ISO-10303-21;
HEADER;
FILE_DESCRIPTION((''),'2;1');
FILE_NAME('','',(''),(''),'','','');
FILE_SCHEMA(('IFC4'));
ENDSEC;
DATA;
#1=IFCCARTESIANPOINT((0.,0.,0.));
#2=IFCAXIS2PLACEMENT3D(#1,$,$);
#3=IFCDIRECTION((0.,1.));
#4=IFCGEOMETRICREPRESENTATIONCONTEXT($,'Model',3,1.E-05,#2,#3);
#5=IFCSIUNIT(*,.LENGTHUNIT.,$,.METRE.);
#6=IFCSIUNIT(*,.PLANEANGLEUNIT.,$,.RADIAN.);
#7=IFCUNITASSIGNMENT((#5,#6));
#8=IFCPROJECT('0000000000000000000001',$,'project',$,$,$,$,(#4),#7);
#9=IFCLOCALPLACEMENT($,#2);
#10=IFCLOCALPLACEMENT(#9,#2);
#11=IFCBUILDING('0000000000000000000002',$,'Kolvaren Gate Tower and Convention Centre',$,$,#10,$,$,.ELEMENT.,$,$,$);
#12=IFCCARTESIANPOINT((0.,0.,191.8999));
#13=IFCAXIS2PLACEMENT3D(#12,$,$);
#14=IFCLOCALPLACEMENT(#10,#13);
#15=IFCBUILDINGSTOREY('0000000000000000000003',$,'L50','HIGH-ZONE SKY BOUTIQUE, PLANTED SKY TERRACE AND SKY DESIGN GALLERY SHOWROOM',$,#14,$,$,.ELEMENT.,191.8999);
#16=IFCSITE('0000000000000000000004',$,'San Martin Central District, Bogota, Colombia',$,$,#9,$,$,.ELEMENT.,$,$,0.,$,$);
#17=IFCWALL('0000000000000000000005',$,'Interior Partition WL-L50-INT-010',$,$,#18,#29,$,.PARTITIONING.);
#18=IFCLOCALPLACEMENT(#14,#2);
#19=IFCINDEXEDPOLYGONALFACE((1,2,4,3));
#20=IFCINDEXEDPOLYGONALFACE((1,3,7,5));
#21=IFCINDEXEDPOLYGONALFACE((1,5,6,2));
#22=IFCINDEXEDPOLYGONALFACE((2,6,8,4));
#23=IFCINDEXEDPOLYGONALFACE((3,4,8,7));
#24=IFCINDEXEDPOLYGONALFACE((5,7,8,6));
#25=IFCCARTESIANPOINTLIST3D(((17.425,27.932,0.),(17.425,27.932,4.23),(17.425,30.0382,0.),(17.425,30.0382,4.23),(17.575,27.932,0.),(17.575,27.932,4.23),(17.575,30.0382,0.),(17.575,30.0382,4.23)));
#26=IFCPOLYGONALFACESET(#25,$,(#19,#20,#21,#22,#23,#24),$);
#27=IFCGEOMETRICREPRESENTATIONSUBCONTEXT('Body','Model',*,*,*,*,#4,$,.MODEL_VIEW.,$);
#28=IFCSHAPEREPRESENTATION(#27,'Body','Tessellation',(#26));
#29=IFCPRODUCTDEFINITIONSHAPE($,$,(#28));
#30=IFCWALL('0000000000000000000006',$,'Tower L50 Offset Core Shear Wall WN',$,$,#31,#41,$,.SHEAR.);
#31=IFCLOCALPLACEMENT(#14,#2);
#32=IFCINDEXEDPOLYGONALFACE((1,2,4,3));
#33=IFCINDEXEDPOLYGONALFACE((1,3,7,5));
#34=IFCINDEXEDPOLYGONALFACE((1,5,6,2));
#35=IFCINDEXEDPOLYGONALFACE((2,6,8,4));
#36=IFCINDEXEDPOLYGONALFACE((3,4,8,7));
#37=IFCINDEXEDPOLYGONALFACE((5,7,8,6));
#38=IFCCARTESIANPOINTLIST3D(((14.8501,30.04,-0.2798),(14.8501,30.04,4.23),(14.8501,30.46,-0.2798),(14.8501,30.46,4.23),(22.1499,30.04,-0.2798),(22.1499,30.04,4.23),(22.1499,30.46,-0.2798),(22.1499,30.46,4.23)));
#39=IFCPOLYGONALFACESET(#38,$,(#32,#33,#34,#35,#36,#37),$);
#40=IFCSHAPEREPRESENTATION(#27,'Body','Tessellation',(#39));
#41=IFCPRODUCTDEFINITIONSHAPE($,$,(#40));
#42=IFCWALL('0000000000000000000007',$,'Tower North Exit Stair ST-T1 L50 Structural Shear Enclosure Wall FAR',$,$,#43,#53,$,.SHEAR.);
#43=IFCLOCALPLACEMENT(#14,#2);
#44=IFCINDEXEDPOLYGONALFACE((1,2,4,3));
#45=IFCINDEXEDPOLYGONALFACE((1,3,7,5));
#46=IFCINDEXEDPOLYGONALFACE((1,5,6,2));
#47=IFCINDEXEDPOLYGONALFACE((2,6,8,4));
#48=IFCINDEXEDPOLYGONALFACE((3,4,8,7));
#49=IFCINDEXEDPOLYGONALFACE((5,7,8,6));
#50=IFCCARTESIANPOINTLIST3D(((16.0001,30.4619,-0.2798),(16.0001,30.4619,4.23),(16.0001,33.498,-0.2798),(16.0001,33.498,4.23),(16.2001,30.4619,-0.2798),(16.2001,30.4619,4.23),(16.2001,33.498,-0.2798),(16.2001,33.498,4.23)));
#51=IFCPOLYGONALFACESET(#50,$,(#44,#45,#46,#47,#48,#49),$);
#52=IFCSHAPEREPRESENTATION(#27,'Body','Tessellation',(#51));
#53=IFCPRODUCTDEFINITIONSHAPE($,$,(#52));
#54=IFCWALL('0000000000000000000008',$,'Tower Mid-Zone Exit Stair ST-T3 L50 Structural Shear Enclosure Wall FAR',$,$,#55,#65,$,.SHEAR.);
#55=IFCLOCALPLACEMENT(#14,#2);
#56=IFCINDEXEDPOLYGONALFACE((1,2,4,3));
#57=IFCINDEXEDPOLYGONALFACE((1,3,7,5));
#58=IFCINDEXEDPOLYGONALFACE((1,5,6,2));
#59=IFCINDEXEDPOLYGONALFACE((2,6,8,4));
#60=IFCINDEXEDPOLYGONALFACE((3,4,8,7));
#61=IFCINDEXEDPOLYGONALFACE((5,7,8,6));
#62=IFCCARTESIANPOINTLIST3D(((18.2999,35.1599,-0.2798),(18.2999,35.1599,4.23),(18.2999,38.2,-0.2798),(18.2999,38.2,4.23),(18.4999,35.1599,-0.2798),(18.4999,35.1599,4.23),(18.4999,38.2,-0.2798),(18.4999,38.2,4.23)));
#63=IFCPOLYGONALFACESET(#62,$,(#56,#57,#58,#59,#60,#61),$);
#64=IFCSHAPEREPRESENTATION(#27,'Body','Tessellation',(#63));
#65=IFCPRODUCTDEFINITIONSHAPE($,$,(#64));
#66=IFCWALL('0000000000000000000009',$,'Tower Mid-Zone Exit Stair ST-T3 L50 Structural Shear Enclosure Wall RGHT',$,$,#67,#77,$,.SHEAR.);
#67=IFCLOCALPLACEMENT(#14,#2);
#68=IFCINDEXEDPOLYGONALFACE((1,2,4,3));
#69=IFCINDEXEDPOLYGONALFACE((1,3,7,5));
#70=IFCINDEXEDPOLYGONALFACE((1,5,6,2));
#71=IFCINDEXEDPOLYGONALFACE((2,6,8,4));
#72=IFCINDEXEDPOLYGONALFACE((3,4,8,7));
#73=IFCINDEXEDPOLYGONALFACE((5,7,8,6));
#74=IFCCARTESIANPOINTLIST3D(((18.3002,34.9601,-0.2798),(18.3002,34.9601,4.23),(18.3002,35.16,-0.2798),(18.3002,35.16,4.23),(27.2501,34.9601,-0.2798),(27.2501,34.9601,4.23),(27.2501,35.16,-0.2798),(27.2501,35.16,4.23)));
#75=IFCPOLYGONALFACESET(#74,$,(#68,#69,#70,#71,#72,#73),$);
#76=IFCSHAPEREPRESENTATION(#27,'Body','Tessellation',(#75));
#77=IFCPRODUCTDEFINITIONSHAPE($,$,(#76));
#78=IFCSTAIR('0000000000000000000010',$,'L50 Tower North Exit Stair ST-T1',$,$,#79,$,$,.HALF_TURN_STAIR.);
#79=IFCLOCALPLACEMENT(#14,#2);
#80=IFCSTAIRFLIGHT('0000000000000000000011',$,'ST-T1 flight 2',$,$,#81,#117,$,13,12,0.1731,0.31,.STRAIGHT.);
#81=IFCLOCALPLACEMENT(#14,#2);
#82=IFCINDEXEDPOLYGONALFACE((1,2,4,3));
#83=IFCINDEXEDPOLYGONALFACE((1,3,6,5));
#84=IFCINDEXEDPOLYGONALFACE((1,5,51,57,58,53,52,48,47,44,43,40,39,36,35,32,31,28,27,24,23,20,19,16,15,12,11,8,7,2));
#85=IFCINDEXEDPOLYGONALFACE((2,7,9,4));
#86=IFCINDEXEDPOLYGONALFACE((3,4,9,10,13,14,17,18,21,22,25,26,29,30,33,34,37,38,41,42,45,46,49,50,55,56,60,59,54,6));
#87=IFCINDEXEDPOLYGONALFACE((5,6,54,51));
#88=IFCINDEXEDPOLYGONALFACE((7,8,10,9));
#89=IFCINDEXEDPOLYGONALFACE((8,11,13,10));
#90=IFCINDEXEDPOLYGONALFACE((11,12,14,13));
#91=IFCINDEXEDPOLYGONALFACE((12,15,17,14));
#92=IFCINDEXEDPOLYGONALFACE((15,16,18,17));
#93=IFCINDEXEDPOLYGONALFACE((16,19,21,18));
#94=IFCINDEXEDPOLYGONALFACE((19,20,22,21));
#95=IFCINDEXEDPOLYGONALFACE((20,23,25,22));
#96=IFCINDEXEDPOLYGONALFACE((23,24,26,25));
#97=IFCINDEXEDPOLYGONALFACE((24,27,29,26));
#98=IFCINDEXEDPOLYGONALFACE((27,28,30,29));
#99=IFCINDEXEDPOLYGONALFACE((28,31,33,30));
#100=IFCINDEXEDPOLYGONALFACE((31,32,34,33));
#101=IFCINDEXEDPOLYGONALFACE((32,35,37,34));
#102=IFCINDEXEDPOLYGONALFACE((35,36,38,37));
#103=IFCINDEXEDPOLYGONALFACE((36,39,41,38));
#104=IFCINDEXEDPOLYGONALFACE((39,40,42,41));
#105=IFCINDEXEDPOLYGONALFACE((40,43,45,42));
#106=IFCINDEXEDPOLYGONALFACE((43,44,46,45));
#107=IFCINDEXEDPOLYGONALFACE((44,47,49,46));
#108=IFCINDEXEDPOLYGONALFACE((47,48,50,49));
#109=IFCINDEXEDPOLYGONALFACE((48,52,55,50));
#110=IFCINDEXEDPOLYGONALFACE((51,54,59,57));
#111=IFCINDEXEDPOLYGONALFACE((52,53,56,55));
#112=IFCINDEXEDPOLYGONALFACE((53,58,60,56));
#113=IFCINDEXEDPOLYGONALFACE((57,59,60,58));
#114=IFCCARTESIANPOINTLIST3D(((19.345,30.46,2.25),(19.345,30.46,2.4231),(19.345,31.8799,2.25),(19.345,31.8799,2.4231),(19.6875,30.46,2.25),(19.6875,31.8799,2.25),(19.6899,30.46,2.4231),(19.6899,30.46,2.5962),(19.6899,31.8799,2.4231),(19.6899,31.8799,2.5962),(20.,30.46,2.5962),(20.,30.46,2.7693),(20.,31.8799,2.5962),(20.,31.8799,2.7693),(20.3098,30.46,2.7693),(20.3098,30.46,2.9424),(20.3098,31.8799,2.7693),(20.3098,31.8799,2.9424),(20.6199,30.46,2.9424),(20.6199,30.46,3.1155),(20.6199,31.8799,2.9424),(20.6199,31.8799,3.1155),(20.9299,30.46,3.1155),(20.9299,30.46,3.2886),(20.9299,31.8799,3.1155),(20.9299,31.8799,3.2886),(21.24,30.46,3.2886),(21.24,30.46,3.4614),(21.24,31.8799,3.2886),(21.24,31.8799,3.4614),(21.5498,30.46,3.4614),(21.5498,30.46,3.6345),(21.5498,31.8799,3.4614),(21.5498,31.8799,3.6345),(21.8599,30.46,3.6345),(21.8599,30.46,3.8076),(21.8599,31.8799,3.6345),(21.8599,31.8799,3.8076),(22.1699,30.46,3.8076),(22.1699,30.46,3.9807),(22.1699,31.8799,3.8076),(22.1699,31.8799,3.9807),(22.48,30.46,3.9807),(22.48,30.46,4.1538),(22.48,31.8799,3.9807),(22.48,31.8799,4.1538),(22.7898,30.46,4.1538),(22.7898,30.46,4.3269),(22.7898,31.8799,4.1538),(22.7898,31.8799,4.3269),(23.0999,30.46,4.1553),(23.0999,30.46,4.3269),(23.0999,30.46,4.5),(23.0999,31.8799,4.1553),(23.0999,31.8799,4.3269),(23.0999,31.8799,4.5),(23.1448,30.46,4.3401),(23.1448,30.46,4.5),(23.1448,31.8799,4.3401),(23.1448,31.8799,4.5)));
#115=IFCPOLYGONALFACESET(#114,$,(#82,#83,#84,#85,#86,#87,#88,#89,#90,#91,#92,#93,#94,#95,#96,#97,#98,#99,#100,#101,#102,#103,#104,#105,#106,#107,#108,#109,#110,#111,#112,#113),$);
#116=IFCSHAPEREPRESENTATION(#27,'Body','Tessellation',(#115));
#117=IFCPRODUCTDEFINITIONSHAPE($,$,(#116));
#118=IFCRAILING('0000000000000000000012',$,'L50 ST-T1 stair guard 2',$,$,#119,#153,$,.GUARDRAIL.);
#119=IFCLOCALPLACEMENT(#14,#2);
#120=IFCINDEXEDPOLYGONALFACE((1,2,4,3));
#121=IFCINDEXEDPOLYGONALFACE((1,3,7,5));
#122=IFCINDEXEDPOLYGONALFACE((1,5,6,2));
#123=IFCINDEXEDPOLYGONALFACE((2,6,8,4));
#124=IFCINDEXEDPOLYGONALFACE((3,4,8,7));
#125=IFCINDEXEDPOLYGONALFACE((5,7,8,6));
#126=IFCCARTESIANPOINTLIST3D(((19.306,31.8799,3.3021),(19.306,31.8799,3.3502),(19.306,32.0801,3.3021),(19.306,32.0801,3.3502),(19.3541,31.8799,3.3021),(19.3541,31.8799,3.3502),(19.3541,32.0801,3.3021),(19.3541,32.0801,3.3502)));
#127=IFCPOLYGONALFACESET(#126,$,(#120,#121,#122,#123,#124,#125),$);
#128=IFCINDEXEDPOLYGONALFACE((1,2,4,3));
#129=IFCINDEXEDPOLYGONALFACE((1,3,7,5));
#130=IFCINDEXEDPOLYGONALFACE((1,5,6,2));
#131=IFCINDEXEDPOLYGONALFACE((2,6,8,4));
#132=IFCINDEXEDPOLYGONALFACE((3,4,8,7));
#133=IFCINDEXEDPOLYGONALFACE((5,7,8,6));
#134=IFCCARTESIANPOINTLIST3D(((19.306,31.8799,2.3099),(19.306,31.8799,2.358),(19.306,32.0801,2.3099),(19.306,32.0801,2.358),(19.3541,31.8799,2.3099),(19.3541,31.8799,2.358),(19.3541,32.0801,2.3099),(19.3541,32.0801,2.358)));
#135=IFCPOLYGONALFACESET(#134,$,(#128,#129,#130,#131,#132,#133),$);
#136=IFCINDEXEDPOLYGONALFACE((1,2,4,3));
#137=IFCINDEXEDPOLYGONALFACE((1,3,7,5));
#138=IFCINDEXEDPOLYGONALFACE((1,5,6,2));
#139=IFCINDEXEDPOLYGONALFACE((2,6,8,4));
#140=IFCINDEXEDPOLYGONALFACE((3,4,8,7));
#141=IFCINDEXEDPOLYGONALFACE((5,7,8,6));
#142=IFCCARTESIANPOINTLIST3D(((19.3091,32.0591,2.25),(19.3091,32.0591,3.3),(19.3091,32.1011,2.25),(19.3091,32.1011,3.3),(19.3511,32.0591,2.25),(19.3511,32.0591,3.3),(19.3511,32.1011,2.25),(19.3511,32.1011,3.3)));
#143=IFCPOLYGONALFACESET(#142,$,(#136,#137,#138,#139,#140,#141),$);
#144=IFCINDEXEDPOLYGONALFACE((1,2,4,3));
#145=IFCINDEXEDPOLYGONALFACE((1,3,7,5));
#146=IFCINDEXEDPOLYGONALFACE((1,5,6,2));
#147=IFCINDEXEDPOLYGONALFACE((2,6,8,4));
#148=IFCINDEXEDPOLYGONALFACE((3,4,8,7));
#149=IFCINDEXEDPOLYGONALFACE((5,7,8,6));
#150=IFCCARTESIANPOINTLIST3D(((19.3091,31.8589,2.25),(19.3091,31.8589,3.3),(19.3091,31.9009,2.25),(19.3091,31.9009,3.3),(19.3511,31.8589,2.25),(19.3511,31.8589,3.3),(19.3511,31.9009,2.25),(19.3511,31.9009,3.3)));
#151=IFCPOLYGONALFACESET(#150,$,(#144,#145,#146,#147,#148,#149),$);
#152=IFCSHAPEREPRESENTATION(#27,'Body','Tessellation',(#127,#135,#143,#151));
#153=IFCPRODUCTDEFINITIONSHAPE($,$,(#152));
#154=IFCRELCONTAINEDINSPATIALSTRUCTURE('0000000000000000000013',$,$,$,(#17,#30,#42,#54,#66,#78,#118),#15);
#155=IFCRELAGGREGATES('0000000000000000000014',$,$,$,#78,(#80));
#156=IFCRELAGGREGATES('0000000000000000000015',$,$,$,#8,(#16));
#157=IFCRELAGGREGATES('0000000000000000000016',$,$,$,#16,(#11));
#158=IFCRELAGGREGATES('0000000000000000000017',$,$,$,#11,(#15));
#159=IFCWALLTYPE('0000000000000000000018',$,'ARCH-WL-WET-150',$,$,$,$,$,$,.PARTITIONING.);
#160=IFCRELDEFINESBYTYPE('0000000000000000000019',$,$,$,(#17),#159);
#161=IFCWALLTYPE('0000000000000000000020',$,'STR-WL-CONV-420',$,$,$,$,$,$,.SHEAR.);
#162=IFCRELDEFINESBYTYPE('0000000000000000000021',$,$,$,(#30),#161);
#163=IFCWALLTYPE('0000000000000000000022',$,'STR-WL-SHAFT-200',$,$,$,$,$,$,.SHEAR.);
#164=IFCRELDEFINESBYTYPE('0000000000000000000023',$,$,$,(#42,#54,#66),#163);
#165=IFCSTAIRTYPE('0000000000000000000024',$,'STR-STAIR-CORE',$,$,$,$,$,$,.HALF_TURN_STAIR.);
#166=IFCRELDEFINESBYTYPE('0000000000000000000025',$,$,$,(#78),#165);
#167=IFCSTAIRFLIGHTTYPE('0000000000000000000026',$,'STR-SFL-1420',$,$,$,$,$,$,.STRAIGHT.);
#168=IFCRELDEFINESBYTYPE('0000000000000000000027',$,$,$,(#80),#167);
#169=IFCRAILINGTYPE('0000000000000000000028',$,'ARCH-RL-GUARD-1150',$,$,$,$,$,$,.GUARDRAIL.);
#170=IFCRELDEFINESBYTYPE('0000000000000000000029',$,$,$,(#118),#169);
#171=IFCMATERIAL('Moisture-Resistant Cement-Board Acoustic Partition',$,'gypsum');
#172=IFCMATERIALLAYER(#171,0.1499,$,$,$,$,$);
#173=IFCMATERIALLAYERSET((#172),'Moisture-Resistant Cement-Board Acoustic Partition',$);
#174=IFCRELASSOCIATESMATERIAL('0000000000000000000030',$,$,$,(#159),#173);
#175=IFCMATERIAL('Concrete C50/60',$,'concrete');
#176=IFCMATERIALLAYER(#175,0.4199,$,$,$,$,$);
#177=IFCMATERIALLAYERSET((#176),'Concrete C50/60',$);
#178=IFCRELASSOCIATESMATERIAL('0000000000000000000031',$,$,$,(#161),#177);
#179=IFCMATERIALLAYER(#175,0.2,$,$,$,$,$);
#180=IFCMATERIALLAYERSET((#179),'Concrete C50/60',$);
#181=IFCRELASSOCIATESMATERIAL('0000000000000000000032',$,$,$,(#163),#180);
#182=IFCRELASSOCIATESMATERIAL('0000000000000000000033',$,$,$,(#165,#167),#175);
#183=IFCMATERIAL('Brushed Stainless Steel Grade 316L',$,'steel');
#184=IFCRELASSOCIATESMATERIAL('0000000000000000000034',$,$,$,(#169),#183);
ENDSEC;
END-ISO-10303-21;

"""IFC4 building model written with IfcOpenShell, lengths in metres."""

from ifc_helpers import new_model, si_unit, direction, frame, frame_2d, origin, origin_2d, place, context, subcontext, project, spatial, polyline, rectangle, outline, extrude, material, layer, layer_set, type_object, element, aggregate, save


model = new_model("IFC4")

# Units and contexts
model_context = context("Model", 3, precision=1e-05, world=origin(), true_north=direction((0.0, 1.0)))
body_context = subcontext(model_context, "Body", "Model", "MODEL_VIEW")
ifc_project = project(units=[si_unit("LENGTHUNIT", "METRE"), si_unit("PLANEANGLEUNIT", "RADIAN")], contexts=[model_context])

# Site, building, storey
site_placement = place(None, origin())
site = spatial("IfcSite", under=ifc_project, at=site_placement, Name="San Martin Central District, Bogota, Colombia", CompositionType="ELEMENT", RefElevation=0.0)
building_placement = place(site_placement, origin())
building = spatial("IfcBuilding", under=site, at=building_placement, Name="Kolvaren Gate Tower and Convention Centre", CompositionType="ELEMENT")
storey_placement = place(building_placement, frame((0.0, 0.0, 191.8999)))
storey = spatial("IfcBuildingStorey", under=building, at=storey_placement, Name="L50", Description="HIGH-ZONE SKY BOUTIQUE, PLANTED SKY TERRACE AND SKY DESIGN GALLERY SHOWROOM", CompositionType="ELEMENT", Elevation=191.8999)

# Walls
ifc_material_1 = material(Name="Moisture-Resistant Cement-Board Acoustic Partition", Category="gypsum")
ifc_layer_1 = layer(ifc_material_1, 0.1499)
ifc_layer_set_1 = layer_set([ifc_layer_1], Name="Moisture-Resistant Cement-Board Acoustic Partition")
wall_type_1 = type_object("IfcWallType", Name="ARCH-WL-WET-150", PredefinedType="PARTITIONING", material=ifc_layer_set_1)
for number, where, z_axis, x_axis, name in (
    (1, (17.5, 27.9319, 0.0), (0.0, 0.0, 1.0), (0.0, 1.0, 0.0), "Interior Partition WL-L50-INT-010"),
):
    element("IfcWall", number, at=place(storey_placement, frame(where, z_axis=z_axis, x_axis=x_axis)), inside=storey, type_object=wall_type_1, Name=name, PredefinedType="PARTITIONING", context=body_context, shape_type="SweptSolid", body=[
        extrude(rectangle(XDim=2.1062, YDim=0.1499, at=frame_2d((1.0532, 0.0))), origin(), (0.0, 0.0, 1.0), 4.23),
    ])
ifc_material_2 = material(Name="Concrete C50/60", Category="concrete")
ifc_layer_2 = layer(ifc_material_2, 0.4199)
ifc_layer_set_2 = layer_set([ifc_layer_2], Name="Concrete C50/60")
wall_type_2 = type_object("IfcWallType", Name="STR-WL-CONV-420", PredefinedType="SHEAR", material=ifc_layer_set_2)
wall_1_placement = place(storey_placement, frame((14.8501, 30.25, -0.2798), z_axis=(0.0, 0.0, 1.0), x_axis=(1.0, 0.0, 0.0)))
element("IfcWall", 2, at=wall_1_placement, inside=storey, type_object=wall_type_2, Name="Tower L50 Offset Core Shear Wall WN", PredefinedType="SHEAR", context=body_context, shape_type="SweptSolid", body=[
    extrude(rectangle(XDim=7.2998, YDim=0.4199, at=frame_2d((3.6499, 0.0))), origin(), (0.0, 0.0, 1.0), 4.5098),
])
ifc_layer_3 = layer(ifc_material_2, 0.2)
ifc_layer_set_3 = layer_set([ifc_layer_3], Name="Concrete C50/60")
wall_type_3 = type_object("IfcWallType", Name="STR-WL-SHAFT-200", PredefinedType="SHEAR", material=ifc_layer_set_3)
wall_2_placement = place(storey_placement, frame((16.1001, 30.4619, -0.2798), z_axis=(0.0, 0.0, 1.0), x_axis=(0.0, 1.0, 0.0)))
element("IfcWall", 3, at=wall_2_placement, inside=storey, type_object=wall_type_3, Name="Tower North Exit Stair ST-T1 L50 Structural Shear Enclosure Wall FAR", PredefinedType="SHEAR", context=body_context, shape_type="SweptSolid", body=[
    extrude(rectangle(XDim=3.0361, YDim=0.2, at=frame_2d((1.5181, 0.0))), origin(), (0.0, 0.0, 1.0), 4.5098),
])
wall_3_placement = place(storey_placement, frame((18.3999, 35.1599, -0.2798), z_axis=(0.0, 0.0, 1.0), x_axis=(0.0, 1.0, 0.0)))
element("IfcWall", 4, at=wall_3_placement, inside=storey, type_object=wall_type_3, Name="Tower Mid-Zone Exit Stair ST-T3 L50 Structural Shear Enclosure Wall FAR", PredefinedType="SHEAR", context=body_context, shape_type="SweptSolid", body=[
    extrude(rectangle(XDim=3.04, YDim=0.2, at=frame_2d((1.52, 0.0))), origin(), (0.0, 0.0, 1.0), 4.5098),
])
wall_4_placement = place(storey_placement, frame((18.3, 35.0601, -0.2798), z_axis=(0.0, 0.0, 1.0), x_axis=(1.0, 0.0, 0.0)))
element("IfcWall", 5, at=wall_4_placement, inside=storey, type_object=wall_type_3, Name="Tower Mid-Zone Exit Stair ST-T3 L50 Structural Shear Enclosure Wall RGHT", PredefinedType="SHEAR", context=body_context, shape_type="SweptSolid", body=[
    extrude(rectangle(XDim=8.95, YDim=0.2, at=frame_2d((4.4751, 0.0))), origin(), (0.0, 0.0, 1.0), 4.5098),
])

# Stair, stair flight
stair_type = type_object("IfcStairType", Name="STR-STAIR-CORE", PredefinedType="HALF_TURN_STAIR", material=ifc_material_2)
stair_placement = place(storey_placement, origin())
stair = element("IfcStair", 6, at=stair_placement, inside=storey, type_object=stair_type, Name="L50 Tower North Exit Stair ST-T1", PredefinedType="HALF_TURN_STAIR")
stair_flight_type = type_object("IfcStairFlightType", Name="STR-SFL-1420", PredefinedType="STRAIGHT", material=ifc_material_2)
stair_flight_placement = place(storey_placement, frame((19.3799, 31.1699, 2.25), z_axis=(0.0, 0.0, 1.0), x_axis=(1.0, 0.0, 0.0)))
stair_flight = element("IfcStairFlight", 7, at=stair_flight_placement, type_object=stair_flight_type, Name="ST-T1 flight 2", NumberOfRisers=13, NumberOfTreads=12, PredefinedType="STRAIGHT", RiserHeight=0.1731, TreadLength=0.31, context=body_context, shape_type="SweptSolid", body=[
    extrude(outline(polyline([(-0.0349, 0.0), (-0.0349, 0.1731), (0.3101, 0.1731), (0.3101, 0.3462), (0.6201, 0.3462), (0.6201, 0.5193), (0.9299, 0.5193), (0.9299, 0.6924), (1.24, 0.6924), (1.24, 0.8655), (1.55, 0.8655), (1.55, 1.0386), (1.8601, 1.0386), (1.8601, 1.2114), (2.1699, 1.2114), (2.1699, 1.3845), (2.48, 1.3845), (2.48, 1.5576), (2.79, 1.5576), (2.79, 1.7307), (3.1001, 1.7307), (3.1001, 1.9038), (3.4099, 1.9038), (3.4099, 2.0769), (3.72, 2.0769), (3.72, 2.25), (3.7649, 2.25), (3.7649, 2.0901), (3.72, 1.9053), (0.3076, 0.0), (-0.0349, 0.0)])), frame((0.0, 0.71, 0.0), z_axis=(0.0, -1.0, 0.0), x_axis=(1.0, 0.0, 0.0)), (0.0, 0.0, 1.0), 1.4199),
])
aggregate(stair, [stair_flight])

# Railing
ifc_material_3 = material(Name="Brushed Stainless Steel Grade 316L", Category="steel")
railing_type_1 = type_object("IfcRailingType", Name="ARCH-RL-GUARD-1150", PredefinedType="GUARDRAIL", material=ifc_material_3)
railing_1_placement = place(storey_placement, frame((19.3301, 32.0801, 2.25)))
element("IfcRailing", 8, at=railing_1_placement, inside=storey, type_object=railing_type_1, Name="L50 ST-T1 stair guard 2", PredefinedType="GUARDRAIL", context=body_context, shape_type="SweptSolid", body=[
    extrude(rectangle(XDim=0.0481, YDim=0.0481, at=origin_2d()), frame((0.0, 0.0, 1.0762), z_axis=(0.0, -1.0, 0.0), x_axis=(1.0, 0.0, 0.0)), (0.0, 0.0, 1.0), 0.2002),
    extrude(rectangle(XDim=0.0481, YDim=0.0481, at=origin_2d()), frame((0.0, 0.0, 0.084), z_axis=(0.0, -1.0, 0.0), x_axis=(1.0, 0.0, 0.0)), (0.0, 0.0, 1.0), 0.2002),
    extrude(rectangle(XDim=0.042, YDim=0.042, at=origin_2d()), origin(), (0.0, 0.0, 1.0), 1.05),
    extrude(rectangle(XDim=0.042, YDim=0.042, at=origin_2d()), frame((0.0, -0.2002, 0.0)), (0.0, 0.0, 1.0), 1.05),
])

save(model, "model.ifc")
